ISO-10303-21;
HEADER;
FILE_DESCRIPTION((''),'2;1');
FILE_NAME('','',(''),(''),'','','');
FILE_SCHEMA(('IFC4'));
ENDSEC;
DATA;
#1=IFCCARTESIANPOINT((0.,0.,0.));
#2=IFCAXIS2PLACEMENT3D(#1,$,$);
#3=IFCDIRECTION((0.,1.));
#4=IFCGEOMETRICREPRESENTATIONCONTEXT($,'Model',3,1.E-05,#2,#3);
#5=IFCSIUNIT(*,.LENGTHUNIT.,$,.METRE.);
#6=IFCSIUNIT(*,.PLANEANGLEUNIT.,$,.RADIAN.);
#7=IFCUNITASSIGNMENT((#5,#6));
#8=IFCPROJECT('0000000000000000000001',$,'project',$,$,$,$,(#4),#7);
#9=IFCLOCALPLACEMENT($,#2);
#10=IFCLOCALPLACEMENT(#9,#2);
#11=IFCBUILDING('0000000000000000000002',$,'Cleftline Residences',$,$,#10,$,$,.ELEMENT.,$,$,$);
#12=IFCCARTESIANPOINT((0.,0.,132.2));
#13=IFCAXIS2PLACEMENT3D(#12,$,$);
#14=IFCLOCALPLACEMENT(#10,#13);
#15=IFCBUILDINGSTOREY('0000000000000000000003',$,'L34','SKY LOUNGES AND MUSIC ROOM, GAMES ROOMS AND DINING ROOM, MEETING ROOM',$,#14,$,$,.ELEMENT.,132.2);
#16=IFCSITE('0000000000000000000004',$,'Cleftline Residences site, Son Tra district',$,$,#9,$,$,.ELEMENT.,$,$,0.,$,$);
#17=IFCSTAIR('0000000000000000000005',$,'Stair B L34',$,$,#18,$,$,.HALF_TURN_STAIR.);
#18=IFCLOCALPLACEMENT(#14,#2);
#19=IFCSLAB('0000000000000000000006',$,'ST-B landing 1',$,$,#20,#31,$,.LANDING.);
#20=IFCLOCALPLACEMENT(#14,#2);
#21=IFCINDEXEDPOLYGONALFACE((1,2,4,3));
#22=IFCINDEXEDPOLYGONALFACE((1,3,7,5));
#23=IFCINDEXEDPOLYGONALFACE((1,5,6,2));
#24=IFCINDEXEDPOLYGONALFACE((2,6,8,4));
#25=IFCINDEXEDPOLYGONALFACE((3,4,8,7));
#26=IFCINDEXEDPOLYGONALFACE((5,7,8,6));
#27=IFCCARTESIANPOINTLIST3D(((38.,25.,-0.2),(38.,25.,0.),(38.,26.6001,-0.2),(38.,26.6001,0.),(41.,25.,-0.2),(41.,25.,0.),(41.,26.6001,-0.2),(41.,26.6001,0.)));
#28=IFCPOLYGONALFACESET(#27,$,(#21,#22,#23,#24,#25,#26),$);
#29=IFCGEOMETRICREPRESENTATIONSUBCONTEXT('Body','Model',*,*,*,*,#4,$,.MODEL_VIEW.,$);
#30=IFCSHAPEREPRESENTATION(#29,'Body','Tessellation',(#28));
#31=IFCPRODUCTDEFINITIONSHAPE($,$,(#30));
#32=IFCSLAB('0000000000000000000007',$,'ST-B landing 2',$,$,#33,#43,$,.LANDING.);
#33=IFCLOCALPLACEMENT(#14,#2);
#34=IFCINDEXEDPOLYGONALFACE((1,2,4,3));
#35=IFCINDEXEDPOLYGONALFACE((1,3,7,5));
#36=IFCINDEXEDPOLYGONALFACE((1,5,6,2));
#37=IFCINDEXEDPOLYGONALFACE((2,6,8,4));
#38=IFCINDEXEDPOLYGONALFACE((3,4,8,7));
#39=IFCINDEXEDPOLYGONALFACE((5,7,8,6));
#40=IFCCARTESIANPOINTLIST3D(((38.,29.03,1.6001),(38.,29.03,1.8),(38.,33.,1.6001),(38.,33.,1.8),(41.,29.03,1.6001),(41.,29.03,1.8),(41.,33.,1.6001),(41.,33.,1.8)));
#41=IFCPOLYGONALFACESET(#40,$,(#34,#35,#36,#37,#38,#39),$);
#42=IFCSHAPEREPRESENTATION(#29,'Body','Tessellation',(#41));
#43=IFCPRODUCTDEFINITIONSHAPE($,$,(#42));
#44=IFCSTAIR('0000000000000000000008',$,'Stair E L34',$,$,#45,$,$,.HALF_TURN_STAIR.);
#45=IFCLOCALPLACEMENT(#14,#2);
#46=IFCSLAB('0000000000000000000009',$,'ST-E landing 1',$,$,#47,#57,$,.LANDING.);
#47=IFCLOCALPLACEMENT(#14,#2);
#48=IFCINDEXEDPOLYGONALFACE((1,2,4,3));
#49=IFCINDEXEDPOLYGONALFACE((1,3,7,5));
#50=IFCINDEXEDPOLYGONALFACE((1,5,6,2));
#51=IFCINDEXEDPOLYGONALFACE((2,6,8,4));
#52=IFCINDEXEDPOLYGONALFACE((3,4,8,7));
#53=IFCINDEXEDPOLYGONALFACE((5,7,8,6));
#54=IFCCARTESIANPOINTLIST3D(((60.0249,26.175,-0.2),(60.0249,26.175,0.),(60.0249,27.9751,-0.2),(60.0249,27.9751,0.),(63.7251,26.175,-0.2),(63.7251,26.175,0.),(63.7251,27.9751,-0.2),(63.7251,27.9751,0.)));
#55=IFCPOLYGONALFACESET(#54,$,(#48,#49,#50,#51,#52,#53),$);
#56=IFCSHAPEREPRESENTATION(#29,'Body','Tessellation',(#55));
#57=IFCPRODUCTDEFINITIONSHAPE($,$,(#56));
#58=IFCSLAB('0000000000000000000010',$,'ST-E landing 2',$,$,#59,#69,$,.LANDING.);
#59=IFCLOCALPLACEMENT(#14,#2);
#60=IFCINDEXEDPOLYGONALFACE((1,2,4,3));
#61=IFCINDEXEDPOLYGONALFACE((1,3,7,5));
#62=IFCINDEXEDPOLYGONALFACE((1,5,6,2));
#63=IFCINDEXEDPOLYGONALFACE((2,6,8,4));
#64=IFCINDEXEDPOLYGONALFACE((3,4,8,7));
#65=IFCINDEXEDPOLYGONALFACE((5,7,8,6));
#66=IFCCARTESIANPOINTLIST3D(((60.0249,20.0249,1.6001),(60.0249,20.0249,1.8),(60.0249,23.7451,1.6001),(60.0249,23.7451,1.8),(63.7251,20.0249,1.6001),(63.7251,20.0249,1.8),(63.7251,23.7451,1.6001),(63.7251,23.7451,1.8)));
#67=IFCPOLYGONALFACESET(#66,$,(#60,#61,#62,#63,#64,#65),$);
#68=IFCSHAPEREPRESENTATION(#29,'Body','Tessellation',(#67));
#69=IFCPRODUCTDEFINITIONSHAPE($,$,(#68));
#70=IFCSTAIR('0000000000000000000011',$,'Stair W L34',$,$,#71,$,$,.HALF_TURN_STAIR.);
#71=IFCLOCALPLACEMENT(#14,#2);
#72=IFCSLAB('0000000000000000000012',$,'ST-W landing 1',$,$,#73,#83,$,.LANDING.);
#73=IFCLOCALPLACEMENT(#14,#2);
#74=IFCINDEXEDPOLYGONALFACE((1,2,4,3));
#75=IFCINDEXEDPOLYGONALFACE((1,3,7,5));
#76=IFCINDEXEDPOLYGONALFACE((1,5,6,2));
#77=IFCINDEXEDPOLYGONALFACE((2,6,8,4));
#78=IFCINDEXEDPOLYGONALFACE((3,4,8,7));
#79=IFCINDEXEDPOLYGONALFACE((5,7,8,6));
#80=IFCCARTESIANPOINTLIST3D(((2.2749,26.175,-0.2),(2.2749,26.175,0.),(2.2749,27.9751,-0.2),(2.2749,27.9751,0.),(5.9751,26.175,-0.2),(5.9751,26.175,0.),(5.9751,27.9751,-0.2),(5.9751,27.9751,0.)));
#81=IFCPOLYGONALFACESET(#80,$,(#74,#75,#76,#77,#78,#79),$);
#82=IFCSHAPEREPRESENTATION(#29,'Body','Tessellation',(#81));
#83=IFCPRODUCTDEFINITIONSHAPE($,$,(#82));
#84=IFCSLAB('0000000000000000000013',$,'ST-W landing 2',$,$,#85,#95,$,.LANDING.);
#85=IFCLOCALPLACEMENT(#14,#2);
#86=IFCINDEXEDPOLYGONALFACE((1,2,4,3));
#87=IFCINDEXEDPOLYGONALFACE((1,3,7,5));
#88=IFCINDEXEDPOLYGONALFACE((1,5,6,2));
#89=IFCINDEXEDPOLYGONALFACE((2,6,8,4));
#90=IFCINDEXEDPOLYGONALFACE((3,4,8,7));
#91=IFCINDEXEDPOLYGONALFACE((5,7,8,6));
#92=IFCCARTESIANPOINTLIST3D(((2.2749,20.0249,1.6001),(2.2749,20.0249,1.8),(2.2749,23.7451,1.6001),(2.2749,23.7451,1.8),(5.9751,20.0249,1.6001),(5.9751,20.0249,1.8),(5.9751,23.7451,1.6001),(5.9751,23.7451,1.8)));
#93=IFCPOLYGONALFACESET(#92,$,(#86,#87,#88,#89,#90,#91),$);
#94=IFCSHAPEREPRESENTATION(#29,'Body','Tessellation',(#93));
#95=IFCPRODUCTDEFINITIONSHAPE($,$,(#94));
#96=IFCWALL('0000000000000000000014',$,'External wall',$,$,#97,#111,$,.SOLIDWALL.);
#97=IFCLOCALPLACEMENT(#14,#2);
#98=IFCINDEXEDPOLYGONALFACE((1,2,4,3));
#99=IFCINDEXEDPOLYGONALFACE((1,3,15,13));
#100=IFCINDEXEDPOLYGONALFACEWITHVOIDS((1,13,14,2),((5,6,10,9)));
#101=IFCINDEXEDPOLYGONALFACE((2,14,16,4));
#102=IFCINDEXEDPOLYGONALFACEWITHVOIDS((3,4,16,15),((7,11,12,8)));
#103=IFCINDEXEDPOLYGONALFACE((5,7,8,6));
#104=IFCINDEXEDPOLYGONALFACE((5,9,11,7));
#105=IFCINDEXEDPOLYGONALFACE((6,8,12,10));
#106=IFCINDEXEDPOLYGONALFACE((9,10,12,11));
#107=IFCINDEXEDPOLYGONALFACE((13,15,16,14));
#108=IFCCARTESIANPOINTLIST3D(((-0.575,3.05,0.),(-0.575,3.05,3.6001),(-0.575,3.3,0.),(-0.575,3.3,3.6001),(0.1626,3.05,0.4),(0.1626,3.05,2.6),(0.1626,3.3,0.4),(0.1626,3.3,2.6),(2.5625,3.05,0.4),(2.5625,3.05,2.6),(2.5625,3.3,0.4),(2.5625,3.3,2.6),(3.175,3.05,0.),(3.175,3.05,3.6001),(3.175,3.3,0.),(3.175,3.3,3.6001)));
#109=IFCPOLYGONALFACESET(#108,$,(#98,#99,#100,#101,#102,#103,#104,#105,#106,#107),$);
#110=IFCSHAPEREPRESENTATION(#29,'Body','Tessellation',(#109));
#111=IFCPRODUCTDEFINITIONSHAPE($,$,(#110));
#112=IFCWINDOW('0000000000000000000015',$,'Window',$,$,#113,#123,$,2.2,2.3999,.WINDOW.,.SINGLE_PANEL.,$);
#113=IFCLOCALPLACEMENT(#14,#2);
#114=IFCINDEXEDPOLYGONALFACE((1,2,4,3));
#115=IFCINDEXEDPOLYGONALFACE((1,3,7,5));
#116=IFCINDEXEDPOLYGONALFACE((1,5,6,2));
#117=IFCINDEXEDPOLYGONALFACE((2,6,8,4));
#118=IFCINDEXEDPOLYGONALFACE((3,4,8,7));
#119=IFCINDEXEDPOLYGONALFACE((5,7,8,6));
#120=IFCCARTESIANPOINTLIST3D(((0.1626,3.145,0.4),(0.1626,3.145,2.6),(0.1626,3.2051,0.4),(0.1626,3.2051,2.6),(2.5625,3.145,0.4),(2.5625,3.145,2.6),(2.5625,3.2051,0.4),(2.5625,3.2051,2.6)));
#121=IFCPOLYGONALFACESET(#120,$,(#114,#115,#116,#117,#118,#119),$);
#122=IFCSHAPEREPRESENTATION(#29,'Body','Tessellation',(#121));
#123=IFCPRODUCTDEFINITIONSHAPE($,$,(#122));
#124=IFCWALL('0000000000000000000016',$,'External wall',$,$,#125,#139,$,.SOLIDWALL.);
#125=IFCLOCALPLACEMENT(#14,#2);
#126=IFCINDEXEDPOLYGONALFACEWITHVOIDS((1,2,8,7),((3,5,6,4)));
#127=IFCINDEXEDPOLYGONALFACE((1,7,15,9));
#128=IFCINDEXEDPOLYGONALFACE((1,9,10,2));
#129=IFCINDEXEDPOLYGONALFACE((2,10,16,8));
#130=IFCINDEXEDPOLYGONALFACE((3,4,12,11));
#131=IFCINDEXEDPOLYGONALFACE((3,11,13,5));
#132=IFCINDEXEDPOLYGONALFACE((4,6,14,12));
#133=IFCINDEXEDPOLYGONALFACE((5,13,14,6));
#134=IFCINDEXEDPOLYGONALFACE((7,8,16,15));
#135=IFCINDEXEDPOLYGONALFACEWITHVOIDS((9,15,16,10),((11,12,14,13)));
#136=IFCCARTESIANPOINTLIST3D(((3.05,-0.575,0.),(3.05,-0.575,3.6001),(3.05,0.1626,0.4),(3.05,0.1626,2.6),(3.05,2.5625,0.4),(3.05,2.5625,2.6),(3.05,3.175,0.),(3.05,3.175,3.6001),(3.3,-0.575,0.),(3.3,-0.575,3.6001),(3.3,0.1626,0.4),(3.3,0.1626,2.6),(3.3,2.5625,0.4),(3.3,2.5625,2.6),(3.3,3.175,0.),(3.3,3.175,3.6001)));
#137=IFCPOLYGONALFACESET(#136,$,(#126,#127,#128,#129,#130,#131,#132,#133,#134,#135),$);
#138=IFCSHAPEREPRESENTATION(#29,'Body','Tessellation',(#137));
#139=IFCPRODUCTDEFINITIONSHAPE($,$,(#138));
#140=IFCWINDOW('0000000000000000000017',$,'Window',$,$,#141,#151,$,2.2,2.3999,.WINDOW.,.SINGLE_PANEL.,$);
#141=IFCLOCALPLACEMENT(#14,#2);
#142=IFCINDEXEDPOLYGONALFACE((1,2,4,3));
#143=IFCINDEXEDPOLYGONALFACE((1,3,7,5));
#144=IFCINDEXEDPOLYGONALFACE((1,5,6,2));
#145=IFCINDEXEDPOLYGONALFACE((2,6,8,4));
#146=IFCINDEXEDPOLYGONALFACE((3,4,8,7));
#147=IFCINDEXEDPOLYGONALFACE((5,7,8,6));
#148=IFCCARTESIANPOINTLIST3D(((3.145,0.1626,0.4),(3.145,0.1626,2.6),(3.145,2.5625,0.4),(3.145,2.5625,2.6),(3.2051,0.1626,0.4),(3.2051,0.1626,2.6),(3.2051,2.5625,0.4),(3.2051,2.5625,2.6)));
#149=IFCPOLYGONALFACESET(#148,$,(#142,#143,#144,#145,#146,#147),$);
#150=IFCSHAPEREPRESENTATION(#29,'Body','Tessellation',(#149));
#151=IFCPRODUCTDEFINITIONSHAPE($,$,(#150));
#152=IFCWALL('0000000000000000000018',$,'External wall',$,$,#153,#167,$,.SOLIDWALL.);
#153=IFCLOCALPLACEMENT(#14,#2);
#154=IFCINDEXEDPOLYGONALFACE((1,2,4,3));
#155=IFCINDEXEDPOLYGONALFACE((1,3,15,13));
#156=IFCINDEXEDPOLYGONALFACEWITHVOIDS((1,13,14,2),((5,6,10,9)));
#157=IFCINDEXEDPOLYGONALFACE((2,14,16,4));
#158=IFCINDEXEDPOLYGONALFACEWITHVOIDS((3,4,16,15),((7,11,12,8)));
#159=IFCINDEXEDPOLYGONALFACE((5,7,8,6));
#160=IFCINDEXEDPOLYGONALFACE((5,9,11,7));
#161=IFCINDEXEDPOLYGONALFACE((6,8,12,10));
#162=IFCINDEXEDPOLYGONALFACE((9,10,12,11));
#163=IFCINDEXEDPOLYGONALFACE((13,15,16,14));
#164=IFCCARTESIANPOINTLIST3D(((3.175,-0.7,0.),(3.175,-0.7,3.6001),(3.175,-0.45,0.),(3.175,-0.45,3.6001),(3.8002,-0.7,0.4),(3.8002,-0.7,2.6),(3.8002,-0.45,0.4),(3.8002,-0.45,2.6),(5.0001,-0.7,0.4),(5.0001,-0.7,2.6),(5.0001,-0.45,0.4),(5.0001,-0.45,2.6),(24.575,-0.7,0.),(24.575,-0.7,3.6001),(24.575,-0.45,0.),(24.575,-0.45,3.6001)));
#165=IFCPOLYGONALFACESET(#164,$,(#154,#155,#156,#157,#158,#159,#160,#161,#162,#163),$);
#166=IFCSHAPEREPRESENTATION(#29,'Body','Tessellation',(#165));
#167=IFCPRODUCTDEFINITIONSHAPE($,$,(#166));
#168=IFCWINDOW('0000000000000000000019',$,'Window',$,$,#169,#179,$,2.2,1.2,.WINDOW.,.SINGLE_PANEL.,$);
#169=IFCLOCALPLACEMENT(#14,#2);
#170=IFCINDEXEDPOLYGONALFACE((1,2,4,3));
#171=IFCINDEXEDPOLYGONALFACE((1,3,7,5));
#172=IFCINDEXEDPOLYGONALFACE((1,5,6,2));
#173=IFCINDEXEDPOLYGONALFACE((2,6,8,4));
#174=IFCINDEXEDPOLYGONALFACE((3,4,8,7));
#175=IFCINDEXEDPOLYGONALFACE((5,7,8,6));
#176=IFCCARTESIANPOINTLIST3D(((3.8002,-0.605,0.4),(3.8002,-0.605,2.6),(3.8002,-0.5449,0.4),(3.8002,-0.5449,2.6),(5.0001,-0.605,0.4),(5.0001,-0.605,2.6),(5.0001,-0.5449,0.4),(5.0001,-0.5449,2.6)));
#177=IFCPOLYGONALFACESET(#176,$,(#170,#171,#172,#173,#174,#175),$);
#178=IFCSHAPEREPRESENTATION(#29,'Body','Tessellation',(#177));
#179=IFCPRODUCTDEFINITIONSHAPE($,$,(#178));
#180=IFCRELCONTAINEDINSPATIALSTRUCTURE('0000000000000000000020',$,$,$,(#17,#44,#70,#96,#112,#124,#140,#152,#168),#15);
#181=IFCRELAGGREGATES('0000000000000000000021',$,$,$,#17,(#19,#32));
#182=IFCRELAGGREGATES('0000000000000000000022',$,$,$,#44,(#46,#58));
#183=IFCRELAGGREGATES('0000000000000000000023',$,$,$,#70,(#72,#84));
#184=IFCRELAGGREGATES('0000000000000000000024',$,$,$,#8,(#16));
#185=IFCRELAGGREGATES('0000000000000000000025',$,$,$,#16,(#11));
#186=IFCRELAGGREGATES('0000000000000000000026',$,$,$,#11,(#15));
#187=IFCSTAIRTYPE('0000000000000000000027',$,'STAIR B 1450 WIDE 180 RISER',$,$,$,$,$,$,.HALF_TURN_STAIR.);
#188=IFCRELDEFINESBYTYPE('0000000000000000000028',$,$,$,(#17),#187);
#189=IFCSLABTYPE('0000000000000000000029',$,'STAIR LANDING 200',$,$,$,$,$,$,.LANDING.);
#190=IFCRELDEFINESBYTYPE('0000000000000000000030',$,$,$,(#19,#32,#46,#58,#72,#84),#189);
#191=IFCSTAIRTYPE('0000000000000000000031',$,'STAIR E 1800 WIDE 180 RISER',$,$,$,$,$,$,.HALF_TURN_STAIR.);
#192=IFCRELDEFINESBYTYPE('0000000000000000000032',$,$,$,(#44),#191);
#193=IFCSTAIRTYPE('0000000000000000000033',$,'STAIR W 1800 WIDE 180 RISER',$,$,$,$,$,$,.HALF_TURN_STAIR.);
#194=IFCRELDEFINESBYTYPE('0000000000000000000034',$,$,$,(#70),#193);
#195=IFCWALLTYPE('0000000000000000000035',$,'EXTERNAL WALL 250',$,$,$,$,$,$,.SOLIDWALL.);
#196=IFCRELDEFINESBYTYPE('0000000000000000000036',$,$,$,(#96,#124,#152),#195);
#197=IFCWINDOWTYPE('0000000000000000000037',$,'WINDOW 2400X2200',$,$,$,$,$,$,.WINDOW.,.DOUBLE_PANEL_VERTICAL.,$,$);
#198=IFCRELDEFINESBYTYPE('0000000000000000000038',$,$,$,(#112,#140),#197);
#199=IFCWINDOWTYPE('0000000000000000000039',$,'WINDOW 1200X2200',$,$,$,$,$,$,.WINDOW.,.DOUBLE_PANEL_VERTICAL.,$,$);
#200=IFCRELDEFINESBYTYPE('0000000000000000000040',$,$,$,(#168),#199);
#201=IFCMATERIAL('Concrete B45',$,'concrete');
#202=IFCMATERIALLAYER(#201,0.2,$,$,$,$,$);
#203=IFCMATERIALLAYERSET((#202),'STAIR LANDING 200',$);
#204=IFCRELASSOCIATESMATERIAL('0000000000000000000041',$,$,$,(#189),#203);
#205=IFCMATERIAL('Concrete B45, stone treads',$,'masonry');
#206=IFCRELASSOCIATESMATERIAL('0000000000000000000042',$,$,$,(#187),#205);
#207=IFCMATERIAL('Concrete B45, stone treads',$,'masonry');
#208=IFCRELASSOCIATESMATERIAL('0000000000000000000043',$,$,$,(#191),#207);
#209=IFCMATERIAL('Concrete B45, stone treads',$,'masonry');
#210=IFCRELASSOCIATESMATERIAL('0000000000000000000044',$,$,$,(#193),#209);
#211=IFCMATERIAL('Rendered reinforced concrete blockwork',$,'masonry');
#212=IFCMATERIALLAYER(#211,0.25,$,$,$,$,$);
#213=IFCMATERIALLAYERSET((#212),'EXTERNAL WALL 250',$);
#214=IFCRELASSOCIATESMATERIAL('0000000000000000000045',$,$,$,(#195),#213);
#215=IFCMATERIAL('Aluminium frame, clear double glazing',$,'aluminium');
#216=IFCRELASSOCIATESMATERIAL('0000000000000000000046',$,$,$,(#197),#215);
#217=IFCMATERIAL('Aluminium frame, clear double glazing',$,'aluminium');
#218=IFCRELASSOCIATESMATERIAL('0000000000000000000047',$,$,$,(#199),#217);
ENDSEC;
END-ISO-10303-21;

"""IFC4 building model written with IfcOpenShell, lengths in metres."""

from ifc_helpers import new_model, si_unit, direction, frame, frame_2d, origin, place, context, subcontext, project, spatial, polyline, rectangle, outline, extrude, material, layer, layer_set, type_object, element, fill, aggregate, save


model = new_model("IFC4")

# Units and contexts
model_context = context("Model", 3, precision=1e-05, world=origin(), true_north=direction((0.0, 1.0)))
body_context = subcontext(model_context, "Body", "Model", "MODEL_VIEW")
ifc_project = project(units=[si_unit("LENGTHUNIT", "METRE"), si_unit("PLANEANGLEUNIT", "RADIAN")], contexts=[model_context])

# Site, building, storey
site_placement = place(None, origin())
site = spatial("IfcSite", under=ifc_project, at=site_placement, Name="Cleftline Residences site, Son Tra district", CompositionType="ELEMENT", RefElevation=0.0)
building_placement = place(site_placement, origin())
building = spatial("IfcBuilding", under=site, at=building_placement, Name="Cleftline Residences", CompositionType="ELEMENT")
storey_placement = place(building_placement, frame((0.0, 0.0, 132.2)))
storey = spatial("IfcBuildingStorey", under=building, at=storey_placement, Name="L34", Description="SKY LOUNGES AND MUSIC ROOM, GAMES ROOMS AND DINING ROOM, MEETING ROOM", CompositionType="ELEMENT", Elevation=132.2)

# Stairs, slabs
ifc_material_1 = material(Name="Concrete B45", Category="concrete")
ifc_layer_1 = layer(ifc_material_1, 0.2)
ifc_layer_set_1 = layer_set([ifc_layer_1], Name="STAIR LANDING 200")
slab_type_1 = type_object("IfcSlabType", Name="STAIR LANDING 200", PredefinedType="LANDING", material=ifc_layer_set_1)
ifc_material_2 = material(Name="Concrete B45, stone treads", Category="masonry")
stair_type_1 = type_object("IfcStairType", Name="STAIR B 1450 WIDE 180 RISER", PredefinedType="HALF_TURN_STAIR", material=ifc_material_2)
stair_1_placement = place(storey_placement, origin())
stair_1 = element("IfcStair", 1, at=stair_1_placement, inside=storey, type_object=stair_type_1, Name="Stair B L34", PredefinedType="HALF_TURN_STAIR")
slab_1_placement = place(storey_placement, frame((0.0, 0.0, -0.2)))
slab_1 = element("IfcSlab", 2, at=slab_1_placement, type_object=slab_type_1, Name="ST-B landing 1", PredefinedType="LANDING", context=body_context, shape_type="SweptSolid", body=[
    extrude(outline(polyline([(38.0, 25.0), (41.0, 25.0), (41.0, 26.6001), (38.0, 26.6001), (38.0, 25.0)])), origin(), (0.0, 0.0, 1.0), 0.2),
])
slab_2_placement = place(storey_placement, frame((0.0, 0.0, 1.6001)))
slab_2 = element("IfcSlab", 3, at=slab_2_placement, type_object=slab_type_1, Name="ST-B landing 2", PredefinedType="LANDING", context=body_context, shape_type="SweptSolid", body=[
    extrude(outline(polyline([(38.0, 29.03), (41.0, 29.03), (41.0, 33.0), (38.0, 33.0), (38.0, 29.03)])), origin(), (0.0, 0.0, 1.0), 0.2),
])
aggregate(stair_1, [slab_1, slab_2])
ifc_material_3 = material(Name="Concrete B45, stone treads", Category="masonry")
stair_type_2 = type_object("IfcStairType", Name="STAIR E 1800 WIDE 180 RISER", PredefinedType="HALF_TURN_STAIR", material=ifc_material_3)
stair_2_placement = place(storey_placement, origin())
stair_2 = element("IfcStair", 4, at=stair_2_placement, inside=storey, type_object=stair_type_2, Name="Stair E L34", PredefinedType="HALF_TURN_STAIR")
slab_3_placement = place(storey_placement, frame((0.0, 0.0, -0.2)))
slab_3 = element("IfcSlab", 5, at=slab_3_placement, type_object=slab_type_1, Name="ST-E landing 1", PredefinedType="LANDING", context=body_context, shape_type="SweptSolid", body=[
    extrude(outline(polyline([(60.0249, 26.175), (63.7251, 26.175), (63.7251, 27.9751), (60.0249, 27.9751), (60.0249, 26.175)])), origin(), (0.0, 0.0, 1.0), 0.2),
])
slab_4_placement = place(storey_placement, frame((0.0, 0.0, 1.6001)))
slab_4 = element("IfcSlab", 6, at=slab_4_placement, type_object=slab_type_1, Name="ST-E landing 2", PredefinedType="LANDING", context=body_context, shape_type="SweptSolid", body=[
    extrude(outline(polyline([(60.0249, 20.0249), (63.7251, 20.0249), (63.7251, 23.7451), (60.0249, 23.7451), (60.0249, 20.0249)])), origin(), (0.0, 0.0, 1.0), 0.2),
])
aggregate(stair_2, [slab_3, slab_4])
ifc_material_4 = material(Name="Concrete B45, stone treads", Category="masonry")
stair_type_3 = type_object("IfcStairType", Name="STAIR W 1800 WIDE 180 RISER", PredefinedType="HALF_TURN_STAIR", material=ifc_material_4)
stair_3_placement = place(storey_placement, origin())
stair_3 = element("IfcStair", 7, at=stair_3_placement, inside=storey, type_object=stair_type_3, Name="Stair W L34", PredefinedType="HALF_TURN_STAIR")
slab_5_placement = place(storey_placement, frame((0.0, 0.0, -0.2)))
slab_5 = element("IfcSlab", 8, at=slab_5_placement, type_object=slab_type_1, Name="ST-W landing 1", PredefinedType="LANDING", context=body_context, shape_type="SweptSolid", body=[
    extrude(outline(polyline([(2.2749, 26.175), (5.9751, 26.175), (5.9751, 27.9751), (2.2749, 27.9751), (2.2749, 26.175)])), origin(), (0.0, 0.0, 1.0), 0.2),
])
slab_6_placement = place(storey_placement, frame((0.0, 0.0, 1.6001)))
slab_6 = element("IfcSlab", 9, at=slab_6_placement, type_object=slab_type_1, Name="ST-W landing 2", PredefinedType="LANDING", context=body_context, shape_type="SweptSolid", body=[
    extrude(outline(polyline([(2.2749, 20.0249), (5.9751, 20.0249), (5.9751, 23.7451), (2.2749, 23.7451), (2.2749, 20.0249)])), origin(), (0.0, 0.0, 1.0), 0.2),
])
aggregate(stair_3, [slab_5, slab_6])

# Walls, openings, windows
ifc_material_5 = material(Name="Rendered reinforced concrete blockwork", Category="masonry")
ifc_layer_2 = layer(ifc_material_5, 0.25)
ifc_layer_set_2 = layer_set([ifc_layer_2], Name="EXTERNAL WALL 250")
wall_type_1 = type_object("IfcWallType", Name="EXTERNAL WALL 250", PredefinedType="SOLIDWALL", material=ifc_layer_set_2)
wall_1_placement = place(storey_placement, frame((-0.575, 3.175, 0.0), z_axis=(0.0, 0.0, 1.0), x_axis=(1.0, 0.0, 0.0)))
wall_1 = element("IfcWall", 10, at=wall_1_placement, inside=storey, type_object=wall_type_1, Name="External wall", PredefinedType="SOLIDWALL", context=body_context, shape_type="SweptSolid", body=[
    extrude(rectangle(XDim=3.75, YDim=0.25, at=frame_2d((1.875, 0.0))), origin(), (0.0, 0.0, 1.0), 3.6001),
])
opening_1_placement = place(wall_1_placement, frame((0.7375, 0.0, 0.3999)))
opening_1 = element("IfcOpeningElement", 11, at=opening_1_placement, cuts=wall_1, PredefinedType="OPENING", context=body_context, shape_type="SweptSolid", body=[
    extrude(rectangle(XDim=2.3999, YDim=2.2, at=frame_2d((1.2, 1.1001))), frame((0.0, 0.135, 0.0), z_axis=(0.0, -1.0, 0.0), x_axis=(1.0, 0.0, 0.0)), (0.0, 0.0, 1.0), 0.27),
])
ifc_material_6 = material(Name="Aluminium frame, clear double glazing", Category="aluminium")
window_type_1 = type_object("IfcWindowType", Name="WINDOW 2400X2200", PartitioningType="DOUBLE_PANEL_VERTICAL", PredefinedType="WINDOW", material=ifc_material_6)
window_1_placement = place(opening_1_placement, origin())
window_1 = element("IfcWindow", 12, at=window_1_placement, inside=storey, type_object=window_type_1, Name="Window", OverallHeight=2.2, OverallWidth=2.3999, PartitioningType="SINGLE_PANEL", PredefinedType="WINDOW", context=body_context, shape_type="SweptSolid", body=[
    extrude(rectangle(XDim=2.3999, YDim=2.2, at=frame_2d((1.2, 1.1001))), frame((0.0, 0.03, 0.0), z_axis=(0.0, -1.0, 0.0), x_axis=(1.0, 0.0, 0.0)), (0.0, 0.0, 1.0), 0.0601),
])
fill(opening_1, window_1)
wall_2_placement = place(storey_placement, frame((3.175, 3.175, 0.0), z_axis=(0.0, 0.0, 1.0), x_axis=(0.0, -1.0, 0.0)))
wall_2 = element("IfcWall", 13, at=wall_2_placement, inside=storey, type_object=wall_type_1, Name="External wall", PredefinedType="SOLIDWALL", context=body_context, shape_type="SweptSolid", body=[
    extrude(rectangle(XDim=3.75, YDim=0.25, at=frame_2d((1.875, 0.0))), origin(), (0.0, 0.0, 1.0), 3.6001),
])
opening_2_placement = place(wall_2_placement, frame((0.6125, 0.0, 0.3999)))
opening_2 = element("IfcOpeningElement", 14, at=opening_2_placement, cuts=wall_2, PredefinedType="OPENING", context=body_context, shape_type="SweptSolid", body=[
    extrude(rectangle(XDim=2.3999, YDim=2.2, at=frame_2d((1.2, 1.1001))), frame((0.0, 0.135, 0.0), z_axis=(0.0, -1.0, 0.0), x_axis=(1.0, 0.0, 0.0)), (0.0, 0.0, 1.0), 0.27),
])
window_2_placement = place(opening_2_placement, origin())
window_2 = element("IfcWindow", 15, at=window_2_placement, inside=storey, type_object=window_type_1, Name="Window", OverallHeight=2.2, OverallWidth=2.3999, PartitioningType="SINGLE_PANEL", PredefinedType="WINDOW", context=body_context, shape_type="SweptSolid", body=[
    extrude(rectangle(XDim=2.3999, YDim=2.2, at=frame_2d((1.2, 1.1001))), frame((0.0, 0.03, 0.0), z_axis=(0.0, -1.0, 0.0), x_axis=(1.0, 0.0, 0.0)), (0.0, 0.0, 1.0), 0.0601),
])
fill(opening_2, window_2)
wall_3_placement = place(storey_placement, frame((3.175, -0.575, 0.0), z_axis=(0.0, 0.0, 1.0), x_axis=(1.0, 0.0, 0.0)))
wall_3 = element("IfcWall", 16, at=wall_3_placement, inside=storey, type_object=wall_type_1, Name="External wall", PredefinedType="SOLIDWALL", context=body_context, shape_type="SweptSolid", body=[
    extrude(rectangle(XDim=21.3999, YDim=0.25, at=frame_2d((10.7, 0.0))), origin(), (0.0, 0.0, 1.0), 3.6001),
])
opening_3_placement = place(wall_3_placement, frame((0.625, 0.0, 0.3999)))
opening_3 = element("IfcOpeningElement", 17, at=opening_3_placement, cuts=wall_3, PredefinedType="OPENING", context=body_context, shape_type="SweptSolid", body=[
    extrude(rectangle(XDim=1.2, YDim=2.2, at=frame_2d((0.6001, 1.1001))), frame((0.0, 0.135, 0.0), z_axis=(0.0, -1.0, 0.0), x_axis=(1.0, 0.0, 0.0)), (0.0, 0.0, 1.0), 0.27),
])
ifc_material_7 = material(Name="Aluminium frame, clear double glazing", Category="aluminium")
window_type_2 = type_object("IfcWindowType", Name="WINDOW 1200X2200", PartitioningType="DOUBLE_PANEL_VERTICAL", PredefinedType="WINDOW", material=ifc_material_7)
window_3_placement = place(opening_3_placement, origin())
window_3 = element("IfcWindow", 18, at=window_3_placement, inside=storey, type_object=window_type_2, Name="Window", OverallHeight=2.2, OverallWidth=1.2, PartitioningType="SINGLE_PANEL", PredefinedType="WINDOW", context=body_context, shape_type="SweptSolid", body=[
    extrude(rectangle(XDim=1.2, YDim=2.2, at=frame_2d((0.6001, 1.1001))), frame((0.0, 0.03, 0.0), z_axis=(0.0, -1.0, 0.0), x_axis=(1.0, 0.0, 0.0)), (0.0, 0.0, 1.0), 0.0601),
])
fill(opening_3, window_3)

save(model, "model.ifc")
